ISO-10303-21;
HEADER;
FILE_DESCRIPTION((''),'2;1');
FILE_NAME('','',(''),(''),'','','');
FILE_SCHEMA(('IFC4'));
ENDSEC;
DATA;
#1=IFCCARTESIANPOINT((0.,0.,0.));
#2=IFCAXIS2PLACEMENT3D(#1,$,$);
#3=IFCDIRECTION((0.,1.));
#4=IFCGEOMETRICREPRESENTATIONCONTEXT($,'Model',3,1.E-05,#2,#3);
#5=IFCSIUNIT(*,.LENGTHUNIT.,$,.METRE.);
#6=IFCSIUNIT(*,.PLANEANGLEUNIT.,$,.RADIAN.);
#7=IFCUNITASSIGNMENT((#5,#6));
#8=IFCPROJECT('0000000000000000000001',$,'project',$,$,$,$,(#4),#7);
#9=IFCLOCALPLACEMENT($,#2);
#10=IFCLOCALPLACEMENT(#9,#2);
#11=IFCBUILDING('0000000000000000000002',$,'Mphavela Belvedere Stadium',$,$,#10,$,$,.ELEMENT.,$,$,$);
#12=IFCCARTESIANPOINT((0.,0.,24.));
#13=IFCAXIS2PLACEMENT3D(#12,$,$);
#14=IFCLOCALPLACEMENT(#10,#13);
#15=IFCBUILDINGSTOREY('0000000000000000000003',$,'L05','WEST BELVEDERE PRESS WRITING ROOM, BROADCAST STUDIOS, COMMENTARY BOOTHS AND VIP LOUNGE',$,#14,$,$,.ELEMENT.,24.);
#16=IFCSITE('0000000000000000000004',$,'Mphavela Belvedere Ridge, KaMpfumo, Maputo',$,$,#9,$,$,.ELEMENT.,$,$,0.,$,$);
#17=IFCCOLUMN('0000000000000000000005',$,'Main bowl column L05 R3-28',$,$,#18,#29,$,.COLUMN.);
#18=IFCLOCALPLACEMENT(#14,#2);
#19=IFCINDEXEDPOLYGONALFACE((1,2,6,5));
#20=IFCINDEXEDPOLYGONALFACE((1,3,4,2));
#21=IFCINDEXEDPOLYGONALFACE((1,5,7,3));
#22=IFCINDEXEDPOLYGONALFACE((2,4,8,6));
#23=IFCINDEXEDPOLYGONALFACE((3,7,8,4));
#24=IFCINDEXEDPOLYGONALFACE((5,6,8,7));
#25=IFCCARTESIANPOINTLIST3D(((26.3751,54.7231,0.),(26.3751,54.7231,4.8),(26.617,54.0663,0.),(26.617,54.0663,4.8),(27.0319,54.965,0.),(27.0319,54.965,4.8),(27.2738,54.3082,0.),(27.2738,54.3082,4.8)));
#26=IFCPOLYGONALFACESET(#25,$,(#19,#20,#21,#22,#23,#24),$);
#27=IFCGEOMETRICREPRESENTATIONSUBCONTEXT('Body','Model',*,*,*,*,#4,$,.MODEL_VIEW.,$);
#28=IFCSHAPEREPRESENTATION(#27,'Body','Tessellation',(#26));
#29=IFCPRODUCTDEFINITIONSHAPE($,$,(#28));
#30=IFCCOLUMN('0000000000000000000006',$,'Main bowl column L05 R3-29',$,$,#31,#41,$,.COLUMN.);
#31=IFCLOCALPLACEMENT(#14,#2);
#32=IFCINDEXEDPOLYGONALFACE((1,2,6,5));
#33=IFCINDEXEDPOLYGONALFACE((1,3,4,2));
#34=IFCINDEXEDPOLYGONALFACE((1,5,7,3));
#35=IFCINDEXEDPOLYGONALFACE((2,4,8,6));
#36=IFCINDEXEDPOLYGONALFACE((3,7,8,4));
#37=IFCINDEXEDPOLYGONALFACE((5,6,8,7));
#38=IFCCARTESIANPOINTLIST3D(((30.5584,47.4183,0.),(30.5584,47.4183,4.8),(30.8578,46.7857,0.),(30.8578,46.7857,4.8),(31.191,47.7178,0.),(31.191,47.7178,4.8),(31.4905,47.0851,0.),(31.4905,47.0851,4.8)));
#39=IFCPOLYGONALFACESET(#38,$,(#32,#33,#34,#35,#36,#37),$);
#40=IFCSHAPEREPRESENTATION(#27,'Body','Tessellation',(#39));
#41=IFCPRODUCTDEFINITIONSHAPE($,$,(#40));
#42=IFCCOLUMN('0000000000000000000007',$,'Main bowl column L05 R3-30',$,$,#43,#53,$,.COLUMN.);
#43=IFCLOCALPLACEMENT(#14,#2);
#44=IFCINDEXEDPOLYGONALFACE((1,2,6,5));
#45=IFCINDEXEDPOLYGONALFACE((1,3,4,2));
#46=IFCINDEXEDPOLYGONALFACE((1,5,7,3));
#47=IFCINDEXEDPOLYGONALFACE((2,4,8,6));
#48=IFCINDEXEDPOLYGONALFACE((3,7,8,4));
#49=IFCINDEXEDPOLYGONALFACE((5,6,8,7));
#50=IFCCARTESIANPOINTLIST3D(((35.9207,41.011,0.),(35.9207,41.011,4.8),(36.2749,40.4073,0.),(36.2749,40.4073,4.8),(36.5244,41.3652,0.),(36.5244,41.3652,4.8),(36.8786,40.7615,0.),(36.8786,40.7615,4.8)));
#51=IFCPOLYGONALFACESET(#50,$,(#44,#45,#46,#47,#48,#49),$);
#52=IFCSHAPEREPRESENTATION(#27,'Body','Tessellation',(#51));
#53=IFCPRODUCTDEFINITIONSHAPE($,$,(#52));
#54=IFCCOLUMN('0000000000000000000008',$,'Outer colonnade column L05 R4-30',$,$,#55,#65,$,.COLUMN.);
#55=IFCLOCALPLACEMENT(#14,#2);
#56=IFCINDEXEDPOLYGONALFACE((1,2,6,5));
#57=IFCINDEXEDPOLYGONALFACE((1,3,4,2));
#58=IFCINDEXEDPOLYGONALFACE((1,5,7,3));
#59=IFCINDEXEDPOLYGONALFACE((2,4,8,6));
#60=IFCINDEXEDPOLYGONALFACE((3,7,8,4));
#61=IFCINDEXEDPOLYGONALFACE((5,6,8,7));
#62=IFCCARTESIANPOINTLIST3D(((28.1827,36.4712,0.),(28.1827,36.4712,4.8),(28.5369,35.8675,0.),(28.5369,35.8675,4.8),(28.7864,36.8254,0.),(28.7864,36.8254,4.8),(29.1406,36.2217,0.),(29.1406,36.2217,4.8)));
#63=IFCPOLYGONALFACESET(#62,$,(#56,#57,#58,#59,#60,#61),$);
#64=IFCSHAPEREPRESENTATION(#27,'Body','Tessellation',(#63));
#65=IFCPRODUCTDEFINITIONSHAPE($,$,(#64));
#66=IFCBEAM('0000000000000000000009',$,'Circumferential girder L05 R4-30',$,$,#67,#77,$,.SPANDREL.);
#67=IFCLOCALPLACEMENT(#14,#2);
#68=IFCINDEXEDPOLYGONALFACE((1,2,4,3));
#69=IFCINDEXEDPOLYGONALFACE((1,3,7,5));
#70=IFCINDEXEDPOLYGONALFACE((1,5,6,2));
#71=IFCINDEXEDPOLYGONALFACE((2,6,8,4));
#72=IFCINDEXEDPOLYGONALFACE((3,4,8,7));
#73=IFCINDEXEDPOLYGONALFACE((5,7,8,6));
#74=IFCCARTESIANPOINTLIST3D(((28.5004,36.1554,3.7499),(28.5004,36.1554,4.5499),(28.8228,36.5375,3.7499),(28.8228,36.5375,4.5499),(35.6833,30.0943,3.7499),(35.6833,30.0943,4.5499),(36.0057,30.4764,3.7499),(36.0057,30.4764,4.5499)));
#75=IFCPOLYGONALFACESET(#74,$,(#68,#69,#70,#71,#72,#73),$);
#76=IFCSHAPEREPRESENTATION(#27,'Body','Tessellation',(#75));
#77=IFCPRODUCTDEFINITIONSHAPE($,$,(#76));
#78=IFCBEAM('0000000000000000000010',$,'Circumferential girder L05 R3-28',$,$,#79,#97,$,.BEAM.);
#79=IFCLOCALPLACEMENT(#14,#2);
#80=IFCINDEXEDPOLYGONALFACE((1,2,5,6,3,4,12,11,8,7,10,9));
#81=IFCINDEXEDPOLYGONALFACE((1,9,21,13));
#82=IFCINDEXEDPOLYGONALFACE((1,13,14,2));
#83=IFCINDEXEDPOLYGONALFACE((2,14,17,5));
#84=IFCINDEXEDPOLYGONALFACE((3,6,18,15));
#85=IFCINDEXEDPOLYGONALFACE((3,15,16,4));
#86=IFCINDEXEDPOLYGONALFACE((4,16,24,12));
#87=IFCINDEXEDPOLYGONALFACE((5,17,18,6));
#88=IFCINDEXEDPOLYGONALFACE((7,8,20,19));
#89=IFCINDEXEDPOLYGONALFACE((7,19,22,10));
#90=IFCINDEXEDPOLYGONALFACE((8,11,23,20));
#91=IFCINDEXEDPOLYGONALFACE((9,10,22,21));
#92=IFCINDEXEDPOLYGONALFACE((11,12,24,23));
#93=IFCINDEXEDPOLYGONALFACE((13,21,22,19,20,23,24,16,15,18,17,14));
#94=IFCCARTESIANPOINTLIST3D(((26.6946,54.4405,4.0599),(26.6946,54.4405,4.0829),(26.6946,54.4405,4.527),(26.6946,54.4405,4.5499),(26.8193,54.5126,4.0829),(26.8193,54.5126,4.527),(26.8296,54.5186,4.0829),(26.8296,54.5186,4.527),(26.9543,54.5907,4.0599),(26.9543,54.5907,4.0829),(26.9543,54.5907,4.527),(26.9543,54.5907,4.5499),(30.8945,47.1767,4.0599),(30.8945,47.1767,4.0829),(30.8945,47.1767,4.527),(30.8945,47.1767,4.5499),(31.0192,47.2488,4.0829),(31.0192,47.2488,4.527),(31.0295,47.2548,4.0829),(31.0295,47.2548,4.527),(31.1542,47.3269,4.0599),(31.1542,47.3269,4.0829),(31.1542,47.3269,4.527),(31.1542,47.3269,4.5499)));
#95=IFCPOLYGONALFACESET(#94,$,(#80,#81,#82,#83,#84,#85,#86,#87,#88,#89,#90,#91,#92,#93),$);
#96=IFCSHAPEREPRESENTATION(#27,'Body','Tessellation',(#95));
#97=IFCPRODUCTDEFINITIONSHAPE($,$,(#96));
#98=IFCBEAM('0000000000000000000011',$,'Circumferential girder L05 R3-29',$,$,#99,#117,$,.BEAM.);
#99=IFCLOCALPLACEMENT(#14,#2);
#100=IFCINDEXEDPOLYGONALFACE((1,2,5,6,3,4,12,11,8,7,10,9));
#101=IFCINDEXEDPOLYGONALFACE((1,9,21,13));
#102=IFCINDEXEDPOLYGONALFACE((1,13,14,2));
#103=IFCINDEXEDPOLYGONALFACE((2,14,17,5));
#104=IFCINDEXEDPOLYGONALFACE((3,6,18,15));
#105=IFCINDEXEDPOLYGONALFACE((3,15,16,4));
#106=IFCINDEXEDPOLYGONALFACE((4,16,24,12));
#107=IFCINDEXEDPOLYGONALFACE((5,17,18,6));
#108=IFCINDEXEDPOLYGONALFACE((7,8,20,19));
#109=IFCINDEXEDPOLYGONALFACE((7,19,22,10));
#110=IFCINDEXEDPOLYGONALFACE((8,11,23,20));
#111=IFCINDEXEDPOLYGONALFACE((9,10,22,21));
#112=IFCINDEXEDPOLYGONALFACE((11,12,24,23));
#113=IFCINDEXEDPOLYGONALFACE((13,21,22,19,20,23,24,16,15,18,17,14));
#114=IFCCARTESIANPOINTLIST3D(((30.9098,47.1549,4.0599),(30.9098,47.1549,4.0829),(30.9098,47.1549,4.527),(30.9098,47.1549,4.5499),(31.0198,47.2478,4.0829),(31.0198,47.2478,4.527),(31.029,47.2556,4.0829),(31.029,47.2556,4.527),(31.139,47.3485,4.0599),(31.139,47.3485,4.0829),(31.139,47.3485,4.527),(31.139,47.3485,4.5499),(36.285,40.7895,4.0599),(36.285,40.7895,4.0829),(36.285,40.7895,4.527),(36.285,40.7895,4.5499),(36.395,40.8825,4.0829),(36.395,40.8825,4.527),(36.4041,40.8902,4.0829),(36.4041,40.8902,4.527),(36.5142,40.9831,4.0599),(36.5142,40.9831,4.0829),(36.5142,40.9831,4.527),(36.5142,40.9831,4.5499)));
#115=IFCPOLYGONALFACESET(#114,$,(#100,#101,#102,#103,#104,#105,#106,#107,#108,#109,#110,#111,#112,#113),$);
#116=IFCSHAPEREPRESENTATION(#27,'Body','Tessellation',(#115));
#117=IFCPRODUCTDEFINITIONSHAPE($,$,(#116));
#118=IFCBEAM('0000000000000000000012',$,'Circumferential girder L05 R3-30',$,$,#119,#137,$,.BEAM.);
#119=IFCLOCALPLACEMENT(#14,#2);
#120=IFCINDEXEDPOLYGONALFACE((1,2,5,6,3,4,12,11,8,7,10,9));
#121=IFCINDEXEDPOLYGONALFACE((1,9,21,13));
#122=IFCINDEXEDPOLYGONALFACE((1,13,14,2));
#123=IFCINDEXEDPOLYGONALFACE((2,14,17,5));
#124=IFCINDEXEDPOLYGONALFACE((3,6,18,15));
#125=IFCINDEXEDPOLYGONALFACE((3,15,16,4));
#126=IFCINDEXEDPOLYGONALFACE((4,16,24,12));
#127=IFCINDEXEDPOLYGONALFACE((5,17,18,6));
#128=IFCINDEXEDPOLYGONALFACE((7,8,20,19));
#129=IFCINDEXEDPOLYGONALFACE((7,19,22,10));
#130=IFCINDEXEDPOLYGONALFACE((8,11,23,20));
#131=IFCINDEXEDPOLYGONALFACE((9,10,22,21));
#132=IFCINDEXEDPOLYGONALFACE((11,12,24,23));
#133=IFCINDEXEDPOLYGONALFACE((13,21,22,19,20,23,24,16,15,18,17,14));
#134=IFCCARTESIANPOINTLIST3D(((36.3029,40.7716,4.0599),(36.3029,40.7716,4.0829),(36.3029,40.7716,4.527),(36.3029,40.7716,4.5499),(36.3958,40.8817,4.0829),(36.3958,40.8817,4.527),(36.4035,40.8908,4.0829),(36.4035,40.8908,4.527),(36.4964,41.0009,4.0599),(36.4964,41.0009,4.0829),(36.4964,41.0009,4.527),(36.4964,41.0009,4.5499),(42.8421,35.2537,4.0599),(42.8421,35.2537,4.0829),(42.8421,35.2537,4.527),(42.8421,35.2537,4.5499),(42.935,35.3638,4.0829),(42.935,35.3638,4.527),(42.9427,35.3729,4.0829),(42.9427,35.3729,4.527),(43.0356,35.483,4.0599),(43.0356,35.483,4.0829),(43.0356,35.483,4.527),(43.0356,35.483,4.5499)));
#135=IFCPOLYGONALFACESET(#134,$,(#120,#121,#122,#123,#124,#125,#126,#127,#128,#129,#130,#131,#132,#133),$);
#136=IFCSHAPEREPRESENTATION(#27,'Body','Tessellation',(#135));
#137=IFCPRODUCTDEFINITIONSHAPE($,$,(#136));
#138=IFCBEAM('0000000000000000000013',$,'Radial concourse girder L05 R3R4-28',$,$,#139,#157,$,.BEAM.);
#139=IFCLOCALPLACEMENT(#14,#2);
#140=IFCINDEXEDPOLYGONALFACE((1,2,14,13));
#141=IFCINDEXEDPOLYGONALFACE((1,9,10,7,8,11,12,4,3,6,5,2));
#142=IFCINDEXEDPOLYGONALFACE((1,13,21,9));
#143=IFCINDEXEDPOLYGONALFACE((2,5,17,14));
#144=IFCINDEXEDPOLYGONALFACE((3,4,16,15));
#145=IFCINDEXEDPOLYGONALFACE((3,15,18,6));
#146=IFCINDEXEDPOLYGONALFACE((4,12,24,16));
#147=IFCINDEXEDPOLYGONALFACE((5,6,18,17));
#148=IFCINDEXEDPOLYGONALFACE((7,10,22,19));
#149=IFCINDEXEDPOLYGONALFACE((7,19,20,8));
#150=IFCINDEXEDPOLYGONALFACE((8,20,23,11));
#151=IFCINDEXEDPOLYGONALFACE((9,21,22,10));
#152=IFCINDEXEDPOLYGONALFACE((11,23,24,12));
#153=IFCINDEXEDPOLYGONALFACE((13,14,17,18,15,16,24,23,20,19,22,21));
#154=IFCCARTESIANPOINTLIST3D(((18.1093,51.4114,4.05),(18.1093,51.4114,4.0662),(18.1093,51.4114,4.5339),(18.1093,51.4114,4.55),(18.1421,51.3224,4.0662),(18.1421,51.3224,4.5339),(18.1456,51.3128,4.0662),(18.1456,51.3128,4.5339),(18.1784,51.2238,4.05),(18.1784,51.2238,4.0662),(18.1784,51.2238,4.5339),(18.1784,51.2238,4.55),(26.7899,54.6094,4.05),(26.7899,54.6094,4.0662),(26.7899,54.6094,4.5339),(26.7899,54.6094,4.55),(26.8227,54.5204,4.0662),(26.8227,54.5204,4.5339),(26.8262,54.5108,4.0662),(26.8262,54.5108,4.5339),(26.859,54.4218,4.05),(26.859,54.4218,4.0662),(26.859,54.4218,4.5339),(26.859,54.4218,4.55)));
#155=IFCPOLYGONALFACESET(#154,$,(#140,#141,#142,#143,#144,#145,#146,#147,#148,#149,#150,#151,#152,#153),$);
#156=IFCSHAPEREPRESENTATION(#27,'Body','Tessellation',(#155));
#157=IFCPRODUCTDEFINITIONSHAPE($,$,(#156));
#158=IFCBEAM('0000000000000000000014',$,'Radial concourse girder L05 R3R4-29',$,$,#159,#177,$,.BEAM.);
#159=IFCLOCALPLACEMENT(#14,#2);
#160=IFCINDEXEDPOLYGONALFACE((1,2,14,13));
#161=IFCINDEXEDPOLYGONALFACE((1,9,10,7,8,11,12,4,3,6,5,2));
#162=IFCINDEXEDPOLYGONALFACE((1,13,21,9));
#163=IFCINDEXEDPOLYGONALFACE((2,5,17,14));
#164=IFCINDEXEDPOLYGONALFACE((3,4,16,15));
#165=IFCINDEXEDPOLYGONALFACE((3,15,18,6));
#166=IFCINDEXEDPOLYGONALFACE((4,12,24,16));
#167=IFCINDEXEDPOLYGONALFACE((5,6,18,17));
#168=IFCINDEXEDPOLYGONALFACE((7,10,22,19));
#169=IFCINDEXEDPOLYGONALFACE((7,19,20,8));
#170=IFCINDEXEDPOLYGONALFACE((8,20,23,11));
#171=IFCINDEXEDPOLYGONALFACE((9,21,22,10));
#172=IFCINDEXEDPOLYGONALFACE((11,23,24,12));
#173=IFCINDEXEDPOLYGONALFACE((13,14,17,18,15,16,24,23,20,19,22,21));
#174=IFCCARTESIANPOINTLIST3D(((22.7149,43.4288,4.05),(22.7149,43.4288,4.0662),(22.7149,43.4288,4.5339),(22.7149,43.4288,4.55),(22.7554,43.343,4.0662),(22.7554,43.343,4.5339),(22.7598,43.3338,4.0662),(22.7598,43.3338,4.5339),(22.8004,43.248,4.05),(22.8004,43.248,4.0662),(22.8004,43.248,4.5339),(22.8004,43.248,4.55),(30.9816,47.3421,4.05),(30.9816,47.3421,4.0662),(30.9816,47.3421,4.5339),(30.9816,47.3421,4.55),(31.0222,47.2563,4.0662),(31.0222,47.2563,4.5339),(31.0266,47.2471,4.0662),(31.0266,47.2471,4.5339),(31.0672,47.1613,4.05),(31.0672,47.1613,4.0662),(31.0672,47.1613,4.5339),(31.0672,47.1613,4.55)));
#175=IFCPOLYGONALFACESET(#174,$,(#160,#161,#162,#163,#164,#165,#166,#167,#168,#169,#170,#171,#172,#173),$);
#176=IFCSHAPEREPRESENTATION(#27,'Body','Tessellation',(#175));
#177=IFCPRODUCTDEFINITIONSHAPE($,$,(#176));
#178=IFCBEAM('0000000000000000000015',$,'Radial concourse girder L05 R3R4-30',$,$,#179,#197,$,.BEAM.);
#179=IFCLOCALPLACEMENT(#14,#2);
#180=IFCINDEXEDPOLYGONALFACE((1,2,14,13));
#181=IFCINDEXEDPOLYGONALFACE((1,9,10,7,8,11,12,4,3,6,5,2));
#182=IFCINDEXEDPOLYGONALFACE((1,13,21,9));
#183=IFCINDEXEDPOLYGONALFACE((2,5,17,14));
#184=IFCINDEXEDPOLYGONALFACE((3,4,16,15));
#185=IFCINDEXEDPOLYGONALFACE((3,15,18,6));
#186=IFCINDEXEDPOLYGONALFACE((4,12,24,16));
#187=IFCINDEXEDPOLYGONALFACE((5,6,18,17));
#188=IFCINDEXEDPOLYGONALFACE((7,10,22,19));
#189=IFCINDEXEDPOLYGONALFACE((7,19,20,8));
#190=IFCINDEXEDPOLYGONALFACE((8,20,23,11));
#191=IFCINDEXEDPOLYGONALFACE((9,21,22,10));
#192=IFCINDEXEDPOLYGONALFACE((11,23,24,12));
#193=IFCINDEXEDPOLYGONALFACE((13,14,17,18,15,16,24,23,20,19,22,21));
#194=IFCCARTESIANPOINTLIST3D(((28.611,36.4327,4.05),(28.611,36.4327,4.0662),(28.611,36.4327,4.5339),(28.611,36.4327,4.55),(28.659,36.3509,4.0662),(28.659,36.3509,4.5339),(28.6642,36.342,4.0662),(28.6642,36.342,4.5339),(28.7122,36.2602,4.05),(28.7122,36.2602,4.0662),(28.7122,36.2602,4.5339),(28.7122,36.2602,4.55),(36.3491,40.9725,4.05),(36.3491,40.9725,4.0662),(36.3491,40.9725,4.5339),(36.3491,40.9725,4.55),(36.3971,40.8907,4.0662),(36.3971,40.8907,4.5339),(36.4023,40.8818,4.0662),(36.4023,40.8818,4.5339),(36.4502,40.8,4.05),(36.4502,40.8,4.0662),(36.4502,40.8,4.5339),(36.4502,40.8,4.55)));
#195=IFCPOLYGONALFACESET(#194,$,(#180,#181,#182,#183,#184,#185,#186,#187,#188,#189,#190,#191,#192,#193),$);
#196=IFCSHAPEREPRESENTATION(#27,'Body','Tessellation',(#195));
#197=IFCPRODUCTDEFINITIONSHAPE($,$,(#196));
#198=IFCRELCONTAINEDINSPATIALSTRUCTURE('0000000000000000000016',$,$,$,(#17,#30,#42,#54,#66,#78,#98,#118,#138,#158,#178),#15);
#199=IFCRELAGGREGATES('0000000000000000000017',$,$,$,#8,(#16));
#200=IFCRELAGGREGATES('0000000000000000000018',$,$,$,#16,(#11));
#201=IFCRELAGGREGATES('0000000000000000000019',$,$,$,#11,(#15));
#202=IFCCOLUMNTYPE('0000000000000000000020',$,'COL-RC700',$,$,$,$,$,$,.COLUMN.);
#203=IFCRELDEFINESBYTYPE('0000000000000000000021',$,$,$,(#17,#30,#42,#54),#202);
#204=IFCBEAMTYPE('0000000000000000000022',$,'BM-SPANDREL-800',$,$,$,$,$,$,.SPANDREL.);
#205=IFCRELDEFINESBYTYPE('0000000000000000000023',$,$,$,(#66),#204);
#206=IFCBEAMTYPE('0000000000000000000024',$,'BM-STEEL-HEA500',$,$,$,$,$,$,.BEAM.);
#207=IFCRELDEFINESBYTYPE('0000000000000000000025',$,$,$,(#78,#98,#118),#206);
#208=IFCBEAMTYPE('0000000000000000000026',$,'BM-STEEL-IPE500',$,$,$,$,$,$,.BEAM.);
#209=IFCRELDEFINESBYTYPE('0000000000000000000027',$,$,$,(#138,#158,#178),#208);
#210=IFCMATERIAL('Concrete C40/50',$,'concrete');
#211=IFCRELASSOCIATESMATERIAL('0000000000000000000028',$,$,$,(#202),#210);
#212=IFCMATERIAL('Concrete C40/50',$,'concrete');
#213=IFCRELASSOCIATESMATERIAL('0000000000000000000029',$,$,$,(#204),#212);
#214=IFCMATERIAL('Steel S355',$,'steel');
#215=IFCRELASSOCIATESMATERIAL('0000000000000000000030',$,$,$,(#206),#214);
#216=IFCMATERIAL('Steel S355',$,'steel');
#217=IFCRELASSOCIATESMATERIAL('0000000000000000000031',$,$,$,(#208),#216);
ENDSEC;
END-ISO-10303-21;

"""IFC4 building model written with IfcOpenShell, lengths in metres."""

from ifc_helpers import new_model, si_unit, direction, frame, origin, origin_2d, place, context, subcontext, project, spatial, rectangle, i_section, extrude, material, material_profile, profile_set, type_object, element, save


model = new_model("IFC4")

# Units and contexts
model_context = context("Model", 3, precision=1e-05, world=origin(), true_north=direction((0.0, 1.0)))
body_context = subcontext(model_context, "Body", "Model", "MODEL_VIEW")
ifc_project = project(units=[si_unit("LENGTHUNIT", "METRE"), si_unit("PLANEANGLEUNIT", "RADIAN")], contexts=[model_context])

# Site, building, storey
site_placement = place(None, origin())
site = spatial("IfcSite", under=ifc_project, at=site_placement, Name="Mphavela Belvedere Ridge, KaMpfumo, Maputo", CompositionType="ELEMENT", RefElevation=0.0)
building_placement = place(site_placement, origin())
building = spatial("IfcBuilding", under=site, at=building_placement, Name="Mphavela Belvedere Stadium", CompositionType="ELEMENT")
storey_placement = place(building_placement, frame((0.0, 0.0, 24.0)))
storey = spatial("IfcBuildingStorey", under=building, at=storey_placement, Name="L05", Description="WEST BELVEDERE PRESS WRITING ROOM, BROADCAST STUDIOS, COMMENTARY BOOTHS AND VIP LOUNGE", CompositionType="ELEMENT", Elevation=24.0)

# Columns
ifc_material_1 = material(Name="Concrete C40/50", Category="concrete")
ifc_material_profile_1 = material_profile(ifc_material_1, rectangle(XDim=0.7, YDim=0.7, at=origin_2d()), Name="RC 700x700")
ifc_profile_set_1 = profile_set([ifc_material_profile_1], Name="Concrete C40/50")
column_type = type_object("IfcColumnType", Name="COL-RC700", PredefinedType="COLUMN", material=ifc_profile_set_1)
for number, where, z_axis, x_axis, name in (
    (1, (26.8245, 54.5156, 0.0), (0.0, 0.0, 1.0), (-0.938372, -0.345626, 0.0), "Main bowl column L05 R3-28"),
    (2, (31.0244, 47.2517, 0.0), (0.0, 0.0, 1.0), (-0.903859, -0.427831, 0.0), "Main bowl column L05 R3-29"),
    (3, (36.3997, 40.8862, 0.0), (0.0, 0.0, 1.0), (-0.862514, -0.506034, 0.0), "Main bowl column L05 R3-30"),
    (4, (28.6616, 36.3464, 0.0), (0.0, 0.0, 1.0), (-0.862514, -0.506034, 0.0), "Outer colonnade column L05 R4-30"),
):
    element("IfcColumn", number, at=place(storey_placement, frame(where, z_axis=z_axis, x_axis=x_axis)), inside=storey, type_object=column_type, Name=name, PredefinedType="COLUMN", context=body_context, shape_type="SweptSolid", body=[
        extrude(rectangle(XDim=0.7, YDim=0.7, at=origin_2d()), origin(), (0.0, 0.0, 1.0), 4.8),
    ])

# Beams
ifc_material_2 = material(Name="Concrete C40/50", Category="concrete")
ifc_material_profile_2 = material_profile(ifc_material_2, rectangle(XDim=0.5, YDim=0.8, at=origin_2d()), Name="RC 500x800")
ifc_profile_set_2 = profile_set([ifc_material_profile_2], Name="Concrete C40/50")
beam_type_1 = type_object("IfcBeamType", Name="BM-SPANDREL-800", PredefinedType="SPANDREL", material=ifc_profile_set_2)
beam_1_placement = place(storey_placement, frame((28.6616, 36.3464, 4.1499), z_axis=(0.764265, -0.644902, 0.0), x_axis=(0.644902, 0.764265, 0.0)))
element("IfcBeam", 5, at=beam_1_placement, inside=storey, type_object=beam_type_1, Name="Circumferential girder L05 R4-30", PredefinedType="SPANDREL", context=body_context, shape_type="SweptSolid", body=[
    extrude(rectangle(XDim=0.5, YDim=0.8, at=origin_2d()), origin(), (0.0, 0.0, 1.0), 9.3984),
])
ifc_material_3 = material(Name="Steel S355", Category="steel")
ifc_material_profile_3 = material_profile(ifc_material_3, i_section(OverallWidth=0.3, OverallDepth=0.49, WebThickness=0.012, FlangeThickness=0.0229, at=origin_2d()), Name="HEA 500")
ifc_profile_set_3 = profile_set([ifc_material_profile_3], Name="Steel S355")
beam_type_2 = type_object("IfcBeamType", Name="BM-STEEL-HEA500", PredefinedType="BEAM", material=ifc_profile_set_3)
beam_2_placement = place(storey_placement, frame((26.8245, 54.5156, 4.3049), z_axis=(0.500548, -0.865709, 0.0), x_axis=(0.865709, 0.500548, 0.0)))
element("IfcBeam", 6, at=beam_2_placement, inside=storey, type_object=beam_type_2, Name="Circumferential girder L05 R3-28", PredefinedType="BEAM", context=body_context, shape_type="SweptSolid", body=[
    extrude(i_section(OverallWidth=0.3, OverallDepth=0.49, WebThickness=0.012, FlangeThickness=0.0229, at=origin_2d()), origin(), (0.0, 0.0, 1.0), 8.3906),
])
beam_3_placement = place(storey_placement, frame((31.0244, 47.2517, 4.3049), z_axis=(0.645177, -0.764033, 0.0), x_axis=(0.764033, 0.645177, 0.0)))
element("IfcBeam", 7, at=beam_3_placement, inside=storey, type_object=beam_type_2, Name="Circumferential girder L05 R3-29", PredefinedType="BEAM", context=body_context, shape_type="SweptSolid", body=[
    extrude(i_section(OverallWidth=0.3, OverallDepth=0.49, WebThickness=0.012, FlangeThickness=0.0229, at=origin_2d()), origin(), (0.0, 0.0, 1.0), 8.3313),
])
beam_4_placement = place(storey_placement, frame((36.3997, 40.8862, 4.3049), z_axis=(0.764263, -0.644904, 0.0), x_axis=(0.644904, 0.764263, 0.0)))
element("IfcBeam", 8, at=beam_4_placement, inside=storey, type_object=beam_type_2, Name="Circumferential girder L05 R3-30", PredefinedType="BEAM", context=body_context, shape_type="SweptSolid", body=[
    extrude(i_section(OverallWidth=0.3, OverallDepth=0.49, WebThickness=0.012, FlangeThickness=0.0229, at=origin_2d()), origin(), (0.0, 0.0, 1.0), 8.5562),
])
ifc_material_4 = material(Name="Steel S355", Category="steel")
ifc_material_profile_4 = material_profile(ifc_material_4, i_section(OverallWidth=0.2, OverallDepth=0.5, WebThickness=0.0103, FlangeThickness=0.0161, at=origin_2d()), Name="IPE 500")
ifc_profile_set_4 = profile_set([ifc_material_profile_4], Name="Steel S355")
beam_type_3 = type_object("IfcBeamType", Name="BM-STEEL-IPE500", PredefinedType="BEAM", material=ifc_profile_set_4)
beam_5_placement = place(storey_placement, frame((26.8245, 54.5156, 4.3), z_axis=(-0.938348, -0.345692, 0.0), x_axis=(0.345692, -0.938348, 0.0)))
element("IfcBeam", 9, at=beam_5_placement, inside=storey, type_object=beam_type_3, Name="Radial concourse girder L05 R3R4-28", PredefinedType="BEAM", context=body_context, shape_type="SweptSolid", body=[
    extrude(i_section(OverallWidth=0.2, OverallDepth=0.5, WebThickness=0.0103, FlangeThickness=0.0161, at=origin_2d()), origin(), (0.0, 0.0, 1.0), 9.251),
])
beam_6_placement = place(storey_placement, frame((31.0244, 47.2517, 4.3), z_axis=(-0.903845, -0.427859, 0.0), x_axis=(0.427859, -0.903845, 0.0)))
element("IfcBeam", 10, at=beam_6_placement, inside=storey, type_object=beam_type_3, Name="Radial concourse girder L05 R3R4-29", PredefinedType="BEAM", context=body_context, shape_type="SweptSolid", body=[
    extrude(i_section(OverallWidth=0.2, OverallDepth=0.5, WebThickness=0.0103, FlangeThickness=0.0161, at=origin_2d()), origin(), (0.0, 0.0, 1.0), 9.1462),
])
beam_7_placement = place(storey_placement, frame((36.3997, 40.8862, 4.3), z_axis=(-0.862518, -0.506027, 0.0), x_axis=(0.506027, -0.862518, 0.0)))
element("IfcBeam", 11, at=beam_7_placement, inside=storey, type_object=beam_type_3, Name="Radial concourse girder L05 R3R4-30", PredefinedType="BEAM", context=body_context, shape_type="SweptSolid", body=[
    extrude(i_section(OverallWidth=0.2, OverallDepth=0.5, WebThickness=0.0103, FlangeThickness=0.0161, at=origin_2d()), origin(), (0.0, 0.0, 1.0), 8.9714),
])

save(model, "model.ifc")
